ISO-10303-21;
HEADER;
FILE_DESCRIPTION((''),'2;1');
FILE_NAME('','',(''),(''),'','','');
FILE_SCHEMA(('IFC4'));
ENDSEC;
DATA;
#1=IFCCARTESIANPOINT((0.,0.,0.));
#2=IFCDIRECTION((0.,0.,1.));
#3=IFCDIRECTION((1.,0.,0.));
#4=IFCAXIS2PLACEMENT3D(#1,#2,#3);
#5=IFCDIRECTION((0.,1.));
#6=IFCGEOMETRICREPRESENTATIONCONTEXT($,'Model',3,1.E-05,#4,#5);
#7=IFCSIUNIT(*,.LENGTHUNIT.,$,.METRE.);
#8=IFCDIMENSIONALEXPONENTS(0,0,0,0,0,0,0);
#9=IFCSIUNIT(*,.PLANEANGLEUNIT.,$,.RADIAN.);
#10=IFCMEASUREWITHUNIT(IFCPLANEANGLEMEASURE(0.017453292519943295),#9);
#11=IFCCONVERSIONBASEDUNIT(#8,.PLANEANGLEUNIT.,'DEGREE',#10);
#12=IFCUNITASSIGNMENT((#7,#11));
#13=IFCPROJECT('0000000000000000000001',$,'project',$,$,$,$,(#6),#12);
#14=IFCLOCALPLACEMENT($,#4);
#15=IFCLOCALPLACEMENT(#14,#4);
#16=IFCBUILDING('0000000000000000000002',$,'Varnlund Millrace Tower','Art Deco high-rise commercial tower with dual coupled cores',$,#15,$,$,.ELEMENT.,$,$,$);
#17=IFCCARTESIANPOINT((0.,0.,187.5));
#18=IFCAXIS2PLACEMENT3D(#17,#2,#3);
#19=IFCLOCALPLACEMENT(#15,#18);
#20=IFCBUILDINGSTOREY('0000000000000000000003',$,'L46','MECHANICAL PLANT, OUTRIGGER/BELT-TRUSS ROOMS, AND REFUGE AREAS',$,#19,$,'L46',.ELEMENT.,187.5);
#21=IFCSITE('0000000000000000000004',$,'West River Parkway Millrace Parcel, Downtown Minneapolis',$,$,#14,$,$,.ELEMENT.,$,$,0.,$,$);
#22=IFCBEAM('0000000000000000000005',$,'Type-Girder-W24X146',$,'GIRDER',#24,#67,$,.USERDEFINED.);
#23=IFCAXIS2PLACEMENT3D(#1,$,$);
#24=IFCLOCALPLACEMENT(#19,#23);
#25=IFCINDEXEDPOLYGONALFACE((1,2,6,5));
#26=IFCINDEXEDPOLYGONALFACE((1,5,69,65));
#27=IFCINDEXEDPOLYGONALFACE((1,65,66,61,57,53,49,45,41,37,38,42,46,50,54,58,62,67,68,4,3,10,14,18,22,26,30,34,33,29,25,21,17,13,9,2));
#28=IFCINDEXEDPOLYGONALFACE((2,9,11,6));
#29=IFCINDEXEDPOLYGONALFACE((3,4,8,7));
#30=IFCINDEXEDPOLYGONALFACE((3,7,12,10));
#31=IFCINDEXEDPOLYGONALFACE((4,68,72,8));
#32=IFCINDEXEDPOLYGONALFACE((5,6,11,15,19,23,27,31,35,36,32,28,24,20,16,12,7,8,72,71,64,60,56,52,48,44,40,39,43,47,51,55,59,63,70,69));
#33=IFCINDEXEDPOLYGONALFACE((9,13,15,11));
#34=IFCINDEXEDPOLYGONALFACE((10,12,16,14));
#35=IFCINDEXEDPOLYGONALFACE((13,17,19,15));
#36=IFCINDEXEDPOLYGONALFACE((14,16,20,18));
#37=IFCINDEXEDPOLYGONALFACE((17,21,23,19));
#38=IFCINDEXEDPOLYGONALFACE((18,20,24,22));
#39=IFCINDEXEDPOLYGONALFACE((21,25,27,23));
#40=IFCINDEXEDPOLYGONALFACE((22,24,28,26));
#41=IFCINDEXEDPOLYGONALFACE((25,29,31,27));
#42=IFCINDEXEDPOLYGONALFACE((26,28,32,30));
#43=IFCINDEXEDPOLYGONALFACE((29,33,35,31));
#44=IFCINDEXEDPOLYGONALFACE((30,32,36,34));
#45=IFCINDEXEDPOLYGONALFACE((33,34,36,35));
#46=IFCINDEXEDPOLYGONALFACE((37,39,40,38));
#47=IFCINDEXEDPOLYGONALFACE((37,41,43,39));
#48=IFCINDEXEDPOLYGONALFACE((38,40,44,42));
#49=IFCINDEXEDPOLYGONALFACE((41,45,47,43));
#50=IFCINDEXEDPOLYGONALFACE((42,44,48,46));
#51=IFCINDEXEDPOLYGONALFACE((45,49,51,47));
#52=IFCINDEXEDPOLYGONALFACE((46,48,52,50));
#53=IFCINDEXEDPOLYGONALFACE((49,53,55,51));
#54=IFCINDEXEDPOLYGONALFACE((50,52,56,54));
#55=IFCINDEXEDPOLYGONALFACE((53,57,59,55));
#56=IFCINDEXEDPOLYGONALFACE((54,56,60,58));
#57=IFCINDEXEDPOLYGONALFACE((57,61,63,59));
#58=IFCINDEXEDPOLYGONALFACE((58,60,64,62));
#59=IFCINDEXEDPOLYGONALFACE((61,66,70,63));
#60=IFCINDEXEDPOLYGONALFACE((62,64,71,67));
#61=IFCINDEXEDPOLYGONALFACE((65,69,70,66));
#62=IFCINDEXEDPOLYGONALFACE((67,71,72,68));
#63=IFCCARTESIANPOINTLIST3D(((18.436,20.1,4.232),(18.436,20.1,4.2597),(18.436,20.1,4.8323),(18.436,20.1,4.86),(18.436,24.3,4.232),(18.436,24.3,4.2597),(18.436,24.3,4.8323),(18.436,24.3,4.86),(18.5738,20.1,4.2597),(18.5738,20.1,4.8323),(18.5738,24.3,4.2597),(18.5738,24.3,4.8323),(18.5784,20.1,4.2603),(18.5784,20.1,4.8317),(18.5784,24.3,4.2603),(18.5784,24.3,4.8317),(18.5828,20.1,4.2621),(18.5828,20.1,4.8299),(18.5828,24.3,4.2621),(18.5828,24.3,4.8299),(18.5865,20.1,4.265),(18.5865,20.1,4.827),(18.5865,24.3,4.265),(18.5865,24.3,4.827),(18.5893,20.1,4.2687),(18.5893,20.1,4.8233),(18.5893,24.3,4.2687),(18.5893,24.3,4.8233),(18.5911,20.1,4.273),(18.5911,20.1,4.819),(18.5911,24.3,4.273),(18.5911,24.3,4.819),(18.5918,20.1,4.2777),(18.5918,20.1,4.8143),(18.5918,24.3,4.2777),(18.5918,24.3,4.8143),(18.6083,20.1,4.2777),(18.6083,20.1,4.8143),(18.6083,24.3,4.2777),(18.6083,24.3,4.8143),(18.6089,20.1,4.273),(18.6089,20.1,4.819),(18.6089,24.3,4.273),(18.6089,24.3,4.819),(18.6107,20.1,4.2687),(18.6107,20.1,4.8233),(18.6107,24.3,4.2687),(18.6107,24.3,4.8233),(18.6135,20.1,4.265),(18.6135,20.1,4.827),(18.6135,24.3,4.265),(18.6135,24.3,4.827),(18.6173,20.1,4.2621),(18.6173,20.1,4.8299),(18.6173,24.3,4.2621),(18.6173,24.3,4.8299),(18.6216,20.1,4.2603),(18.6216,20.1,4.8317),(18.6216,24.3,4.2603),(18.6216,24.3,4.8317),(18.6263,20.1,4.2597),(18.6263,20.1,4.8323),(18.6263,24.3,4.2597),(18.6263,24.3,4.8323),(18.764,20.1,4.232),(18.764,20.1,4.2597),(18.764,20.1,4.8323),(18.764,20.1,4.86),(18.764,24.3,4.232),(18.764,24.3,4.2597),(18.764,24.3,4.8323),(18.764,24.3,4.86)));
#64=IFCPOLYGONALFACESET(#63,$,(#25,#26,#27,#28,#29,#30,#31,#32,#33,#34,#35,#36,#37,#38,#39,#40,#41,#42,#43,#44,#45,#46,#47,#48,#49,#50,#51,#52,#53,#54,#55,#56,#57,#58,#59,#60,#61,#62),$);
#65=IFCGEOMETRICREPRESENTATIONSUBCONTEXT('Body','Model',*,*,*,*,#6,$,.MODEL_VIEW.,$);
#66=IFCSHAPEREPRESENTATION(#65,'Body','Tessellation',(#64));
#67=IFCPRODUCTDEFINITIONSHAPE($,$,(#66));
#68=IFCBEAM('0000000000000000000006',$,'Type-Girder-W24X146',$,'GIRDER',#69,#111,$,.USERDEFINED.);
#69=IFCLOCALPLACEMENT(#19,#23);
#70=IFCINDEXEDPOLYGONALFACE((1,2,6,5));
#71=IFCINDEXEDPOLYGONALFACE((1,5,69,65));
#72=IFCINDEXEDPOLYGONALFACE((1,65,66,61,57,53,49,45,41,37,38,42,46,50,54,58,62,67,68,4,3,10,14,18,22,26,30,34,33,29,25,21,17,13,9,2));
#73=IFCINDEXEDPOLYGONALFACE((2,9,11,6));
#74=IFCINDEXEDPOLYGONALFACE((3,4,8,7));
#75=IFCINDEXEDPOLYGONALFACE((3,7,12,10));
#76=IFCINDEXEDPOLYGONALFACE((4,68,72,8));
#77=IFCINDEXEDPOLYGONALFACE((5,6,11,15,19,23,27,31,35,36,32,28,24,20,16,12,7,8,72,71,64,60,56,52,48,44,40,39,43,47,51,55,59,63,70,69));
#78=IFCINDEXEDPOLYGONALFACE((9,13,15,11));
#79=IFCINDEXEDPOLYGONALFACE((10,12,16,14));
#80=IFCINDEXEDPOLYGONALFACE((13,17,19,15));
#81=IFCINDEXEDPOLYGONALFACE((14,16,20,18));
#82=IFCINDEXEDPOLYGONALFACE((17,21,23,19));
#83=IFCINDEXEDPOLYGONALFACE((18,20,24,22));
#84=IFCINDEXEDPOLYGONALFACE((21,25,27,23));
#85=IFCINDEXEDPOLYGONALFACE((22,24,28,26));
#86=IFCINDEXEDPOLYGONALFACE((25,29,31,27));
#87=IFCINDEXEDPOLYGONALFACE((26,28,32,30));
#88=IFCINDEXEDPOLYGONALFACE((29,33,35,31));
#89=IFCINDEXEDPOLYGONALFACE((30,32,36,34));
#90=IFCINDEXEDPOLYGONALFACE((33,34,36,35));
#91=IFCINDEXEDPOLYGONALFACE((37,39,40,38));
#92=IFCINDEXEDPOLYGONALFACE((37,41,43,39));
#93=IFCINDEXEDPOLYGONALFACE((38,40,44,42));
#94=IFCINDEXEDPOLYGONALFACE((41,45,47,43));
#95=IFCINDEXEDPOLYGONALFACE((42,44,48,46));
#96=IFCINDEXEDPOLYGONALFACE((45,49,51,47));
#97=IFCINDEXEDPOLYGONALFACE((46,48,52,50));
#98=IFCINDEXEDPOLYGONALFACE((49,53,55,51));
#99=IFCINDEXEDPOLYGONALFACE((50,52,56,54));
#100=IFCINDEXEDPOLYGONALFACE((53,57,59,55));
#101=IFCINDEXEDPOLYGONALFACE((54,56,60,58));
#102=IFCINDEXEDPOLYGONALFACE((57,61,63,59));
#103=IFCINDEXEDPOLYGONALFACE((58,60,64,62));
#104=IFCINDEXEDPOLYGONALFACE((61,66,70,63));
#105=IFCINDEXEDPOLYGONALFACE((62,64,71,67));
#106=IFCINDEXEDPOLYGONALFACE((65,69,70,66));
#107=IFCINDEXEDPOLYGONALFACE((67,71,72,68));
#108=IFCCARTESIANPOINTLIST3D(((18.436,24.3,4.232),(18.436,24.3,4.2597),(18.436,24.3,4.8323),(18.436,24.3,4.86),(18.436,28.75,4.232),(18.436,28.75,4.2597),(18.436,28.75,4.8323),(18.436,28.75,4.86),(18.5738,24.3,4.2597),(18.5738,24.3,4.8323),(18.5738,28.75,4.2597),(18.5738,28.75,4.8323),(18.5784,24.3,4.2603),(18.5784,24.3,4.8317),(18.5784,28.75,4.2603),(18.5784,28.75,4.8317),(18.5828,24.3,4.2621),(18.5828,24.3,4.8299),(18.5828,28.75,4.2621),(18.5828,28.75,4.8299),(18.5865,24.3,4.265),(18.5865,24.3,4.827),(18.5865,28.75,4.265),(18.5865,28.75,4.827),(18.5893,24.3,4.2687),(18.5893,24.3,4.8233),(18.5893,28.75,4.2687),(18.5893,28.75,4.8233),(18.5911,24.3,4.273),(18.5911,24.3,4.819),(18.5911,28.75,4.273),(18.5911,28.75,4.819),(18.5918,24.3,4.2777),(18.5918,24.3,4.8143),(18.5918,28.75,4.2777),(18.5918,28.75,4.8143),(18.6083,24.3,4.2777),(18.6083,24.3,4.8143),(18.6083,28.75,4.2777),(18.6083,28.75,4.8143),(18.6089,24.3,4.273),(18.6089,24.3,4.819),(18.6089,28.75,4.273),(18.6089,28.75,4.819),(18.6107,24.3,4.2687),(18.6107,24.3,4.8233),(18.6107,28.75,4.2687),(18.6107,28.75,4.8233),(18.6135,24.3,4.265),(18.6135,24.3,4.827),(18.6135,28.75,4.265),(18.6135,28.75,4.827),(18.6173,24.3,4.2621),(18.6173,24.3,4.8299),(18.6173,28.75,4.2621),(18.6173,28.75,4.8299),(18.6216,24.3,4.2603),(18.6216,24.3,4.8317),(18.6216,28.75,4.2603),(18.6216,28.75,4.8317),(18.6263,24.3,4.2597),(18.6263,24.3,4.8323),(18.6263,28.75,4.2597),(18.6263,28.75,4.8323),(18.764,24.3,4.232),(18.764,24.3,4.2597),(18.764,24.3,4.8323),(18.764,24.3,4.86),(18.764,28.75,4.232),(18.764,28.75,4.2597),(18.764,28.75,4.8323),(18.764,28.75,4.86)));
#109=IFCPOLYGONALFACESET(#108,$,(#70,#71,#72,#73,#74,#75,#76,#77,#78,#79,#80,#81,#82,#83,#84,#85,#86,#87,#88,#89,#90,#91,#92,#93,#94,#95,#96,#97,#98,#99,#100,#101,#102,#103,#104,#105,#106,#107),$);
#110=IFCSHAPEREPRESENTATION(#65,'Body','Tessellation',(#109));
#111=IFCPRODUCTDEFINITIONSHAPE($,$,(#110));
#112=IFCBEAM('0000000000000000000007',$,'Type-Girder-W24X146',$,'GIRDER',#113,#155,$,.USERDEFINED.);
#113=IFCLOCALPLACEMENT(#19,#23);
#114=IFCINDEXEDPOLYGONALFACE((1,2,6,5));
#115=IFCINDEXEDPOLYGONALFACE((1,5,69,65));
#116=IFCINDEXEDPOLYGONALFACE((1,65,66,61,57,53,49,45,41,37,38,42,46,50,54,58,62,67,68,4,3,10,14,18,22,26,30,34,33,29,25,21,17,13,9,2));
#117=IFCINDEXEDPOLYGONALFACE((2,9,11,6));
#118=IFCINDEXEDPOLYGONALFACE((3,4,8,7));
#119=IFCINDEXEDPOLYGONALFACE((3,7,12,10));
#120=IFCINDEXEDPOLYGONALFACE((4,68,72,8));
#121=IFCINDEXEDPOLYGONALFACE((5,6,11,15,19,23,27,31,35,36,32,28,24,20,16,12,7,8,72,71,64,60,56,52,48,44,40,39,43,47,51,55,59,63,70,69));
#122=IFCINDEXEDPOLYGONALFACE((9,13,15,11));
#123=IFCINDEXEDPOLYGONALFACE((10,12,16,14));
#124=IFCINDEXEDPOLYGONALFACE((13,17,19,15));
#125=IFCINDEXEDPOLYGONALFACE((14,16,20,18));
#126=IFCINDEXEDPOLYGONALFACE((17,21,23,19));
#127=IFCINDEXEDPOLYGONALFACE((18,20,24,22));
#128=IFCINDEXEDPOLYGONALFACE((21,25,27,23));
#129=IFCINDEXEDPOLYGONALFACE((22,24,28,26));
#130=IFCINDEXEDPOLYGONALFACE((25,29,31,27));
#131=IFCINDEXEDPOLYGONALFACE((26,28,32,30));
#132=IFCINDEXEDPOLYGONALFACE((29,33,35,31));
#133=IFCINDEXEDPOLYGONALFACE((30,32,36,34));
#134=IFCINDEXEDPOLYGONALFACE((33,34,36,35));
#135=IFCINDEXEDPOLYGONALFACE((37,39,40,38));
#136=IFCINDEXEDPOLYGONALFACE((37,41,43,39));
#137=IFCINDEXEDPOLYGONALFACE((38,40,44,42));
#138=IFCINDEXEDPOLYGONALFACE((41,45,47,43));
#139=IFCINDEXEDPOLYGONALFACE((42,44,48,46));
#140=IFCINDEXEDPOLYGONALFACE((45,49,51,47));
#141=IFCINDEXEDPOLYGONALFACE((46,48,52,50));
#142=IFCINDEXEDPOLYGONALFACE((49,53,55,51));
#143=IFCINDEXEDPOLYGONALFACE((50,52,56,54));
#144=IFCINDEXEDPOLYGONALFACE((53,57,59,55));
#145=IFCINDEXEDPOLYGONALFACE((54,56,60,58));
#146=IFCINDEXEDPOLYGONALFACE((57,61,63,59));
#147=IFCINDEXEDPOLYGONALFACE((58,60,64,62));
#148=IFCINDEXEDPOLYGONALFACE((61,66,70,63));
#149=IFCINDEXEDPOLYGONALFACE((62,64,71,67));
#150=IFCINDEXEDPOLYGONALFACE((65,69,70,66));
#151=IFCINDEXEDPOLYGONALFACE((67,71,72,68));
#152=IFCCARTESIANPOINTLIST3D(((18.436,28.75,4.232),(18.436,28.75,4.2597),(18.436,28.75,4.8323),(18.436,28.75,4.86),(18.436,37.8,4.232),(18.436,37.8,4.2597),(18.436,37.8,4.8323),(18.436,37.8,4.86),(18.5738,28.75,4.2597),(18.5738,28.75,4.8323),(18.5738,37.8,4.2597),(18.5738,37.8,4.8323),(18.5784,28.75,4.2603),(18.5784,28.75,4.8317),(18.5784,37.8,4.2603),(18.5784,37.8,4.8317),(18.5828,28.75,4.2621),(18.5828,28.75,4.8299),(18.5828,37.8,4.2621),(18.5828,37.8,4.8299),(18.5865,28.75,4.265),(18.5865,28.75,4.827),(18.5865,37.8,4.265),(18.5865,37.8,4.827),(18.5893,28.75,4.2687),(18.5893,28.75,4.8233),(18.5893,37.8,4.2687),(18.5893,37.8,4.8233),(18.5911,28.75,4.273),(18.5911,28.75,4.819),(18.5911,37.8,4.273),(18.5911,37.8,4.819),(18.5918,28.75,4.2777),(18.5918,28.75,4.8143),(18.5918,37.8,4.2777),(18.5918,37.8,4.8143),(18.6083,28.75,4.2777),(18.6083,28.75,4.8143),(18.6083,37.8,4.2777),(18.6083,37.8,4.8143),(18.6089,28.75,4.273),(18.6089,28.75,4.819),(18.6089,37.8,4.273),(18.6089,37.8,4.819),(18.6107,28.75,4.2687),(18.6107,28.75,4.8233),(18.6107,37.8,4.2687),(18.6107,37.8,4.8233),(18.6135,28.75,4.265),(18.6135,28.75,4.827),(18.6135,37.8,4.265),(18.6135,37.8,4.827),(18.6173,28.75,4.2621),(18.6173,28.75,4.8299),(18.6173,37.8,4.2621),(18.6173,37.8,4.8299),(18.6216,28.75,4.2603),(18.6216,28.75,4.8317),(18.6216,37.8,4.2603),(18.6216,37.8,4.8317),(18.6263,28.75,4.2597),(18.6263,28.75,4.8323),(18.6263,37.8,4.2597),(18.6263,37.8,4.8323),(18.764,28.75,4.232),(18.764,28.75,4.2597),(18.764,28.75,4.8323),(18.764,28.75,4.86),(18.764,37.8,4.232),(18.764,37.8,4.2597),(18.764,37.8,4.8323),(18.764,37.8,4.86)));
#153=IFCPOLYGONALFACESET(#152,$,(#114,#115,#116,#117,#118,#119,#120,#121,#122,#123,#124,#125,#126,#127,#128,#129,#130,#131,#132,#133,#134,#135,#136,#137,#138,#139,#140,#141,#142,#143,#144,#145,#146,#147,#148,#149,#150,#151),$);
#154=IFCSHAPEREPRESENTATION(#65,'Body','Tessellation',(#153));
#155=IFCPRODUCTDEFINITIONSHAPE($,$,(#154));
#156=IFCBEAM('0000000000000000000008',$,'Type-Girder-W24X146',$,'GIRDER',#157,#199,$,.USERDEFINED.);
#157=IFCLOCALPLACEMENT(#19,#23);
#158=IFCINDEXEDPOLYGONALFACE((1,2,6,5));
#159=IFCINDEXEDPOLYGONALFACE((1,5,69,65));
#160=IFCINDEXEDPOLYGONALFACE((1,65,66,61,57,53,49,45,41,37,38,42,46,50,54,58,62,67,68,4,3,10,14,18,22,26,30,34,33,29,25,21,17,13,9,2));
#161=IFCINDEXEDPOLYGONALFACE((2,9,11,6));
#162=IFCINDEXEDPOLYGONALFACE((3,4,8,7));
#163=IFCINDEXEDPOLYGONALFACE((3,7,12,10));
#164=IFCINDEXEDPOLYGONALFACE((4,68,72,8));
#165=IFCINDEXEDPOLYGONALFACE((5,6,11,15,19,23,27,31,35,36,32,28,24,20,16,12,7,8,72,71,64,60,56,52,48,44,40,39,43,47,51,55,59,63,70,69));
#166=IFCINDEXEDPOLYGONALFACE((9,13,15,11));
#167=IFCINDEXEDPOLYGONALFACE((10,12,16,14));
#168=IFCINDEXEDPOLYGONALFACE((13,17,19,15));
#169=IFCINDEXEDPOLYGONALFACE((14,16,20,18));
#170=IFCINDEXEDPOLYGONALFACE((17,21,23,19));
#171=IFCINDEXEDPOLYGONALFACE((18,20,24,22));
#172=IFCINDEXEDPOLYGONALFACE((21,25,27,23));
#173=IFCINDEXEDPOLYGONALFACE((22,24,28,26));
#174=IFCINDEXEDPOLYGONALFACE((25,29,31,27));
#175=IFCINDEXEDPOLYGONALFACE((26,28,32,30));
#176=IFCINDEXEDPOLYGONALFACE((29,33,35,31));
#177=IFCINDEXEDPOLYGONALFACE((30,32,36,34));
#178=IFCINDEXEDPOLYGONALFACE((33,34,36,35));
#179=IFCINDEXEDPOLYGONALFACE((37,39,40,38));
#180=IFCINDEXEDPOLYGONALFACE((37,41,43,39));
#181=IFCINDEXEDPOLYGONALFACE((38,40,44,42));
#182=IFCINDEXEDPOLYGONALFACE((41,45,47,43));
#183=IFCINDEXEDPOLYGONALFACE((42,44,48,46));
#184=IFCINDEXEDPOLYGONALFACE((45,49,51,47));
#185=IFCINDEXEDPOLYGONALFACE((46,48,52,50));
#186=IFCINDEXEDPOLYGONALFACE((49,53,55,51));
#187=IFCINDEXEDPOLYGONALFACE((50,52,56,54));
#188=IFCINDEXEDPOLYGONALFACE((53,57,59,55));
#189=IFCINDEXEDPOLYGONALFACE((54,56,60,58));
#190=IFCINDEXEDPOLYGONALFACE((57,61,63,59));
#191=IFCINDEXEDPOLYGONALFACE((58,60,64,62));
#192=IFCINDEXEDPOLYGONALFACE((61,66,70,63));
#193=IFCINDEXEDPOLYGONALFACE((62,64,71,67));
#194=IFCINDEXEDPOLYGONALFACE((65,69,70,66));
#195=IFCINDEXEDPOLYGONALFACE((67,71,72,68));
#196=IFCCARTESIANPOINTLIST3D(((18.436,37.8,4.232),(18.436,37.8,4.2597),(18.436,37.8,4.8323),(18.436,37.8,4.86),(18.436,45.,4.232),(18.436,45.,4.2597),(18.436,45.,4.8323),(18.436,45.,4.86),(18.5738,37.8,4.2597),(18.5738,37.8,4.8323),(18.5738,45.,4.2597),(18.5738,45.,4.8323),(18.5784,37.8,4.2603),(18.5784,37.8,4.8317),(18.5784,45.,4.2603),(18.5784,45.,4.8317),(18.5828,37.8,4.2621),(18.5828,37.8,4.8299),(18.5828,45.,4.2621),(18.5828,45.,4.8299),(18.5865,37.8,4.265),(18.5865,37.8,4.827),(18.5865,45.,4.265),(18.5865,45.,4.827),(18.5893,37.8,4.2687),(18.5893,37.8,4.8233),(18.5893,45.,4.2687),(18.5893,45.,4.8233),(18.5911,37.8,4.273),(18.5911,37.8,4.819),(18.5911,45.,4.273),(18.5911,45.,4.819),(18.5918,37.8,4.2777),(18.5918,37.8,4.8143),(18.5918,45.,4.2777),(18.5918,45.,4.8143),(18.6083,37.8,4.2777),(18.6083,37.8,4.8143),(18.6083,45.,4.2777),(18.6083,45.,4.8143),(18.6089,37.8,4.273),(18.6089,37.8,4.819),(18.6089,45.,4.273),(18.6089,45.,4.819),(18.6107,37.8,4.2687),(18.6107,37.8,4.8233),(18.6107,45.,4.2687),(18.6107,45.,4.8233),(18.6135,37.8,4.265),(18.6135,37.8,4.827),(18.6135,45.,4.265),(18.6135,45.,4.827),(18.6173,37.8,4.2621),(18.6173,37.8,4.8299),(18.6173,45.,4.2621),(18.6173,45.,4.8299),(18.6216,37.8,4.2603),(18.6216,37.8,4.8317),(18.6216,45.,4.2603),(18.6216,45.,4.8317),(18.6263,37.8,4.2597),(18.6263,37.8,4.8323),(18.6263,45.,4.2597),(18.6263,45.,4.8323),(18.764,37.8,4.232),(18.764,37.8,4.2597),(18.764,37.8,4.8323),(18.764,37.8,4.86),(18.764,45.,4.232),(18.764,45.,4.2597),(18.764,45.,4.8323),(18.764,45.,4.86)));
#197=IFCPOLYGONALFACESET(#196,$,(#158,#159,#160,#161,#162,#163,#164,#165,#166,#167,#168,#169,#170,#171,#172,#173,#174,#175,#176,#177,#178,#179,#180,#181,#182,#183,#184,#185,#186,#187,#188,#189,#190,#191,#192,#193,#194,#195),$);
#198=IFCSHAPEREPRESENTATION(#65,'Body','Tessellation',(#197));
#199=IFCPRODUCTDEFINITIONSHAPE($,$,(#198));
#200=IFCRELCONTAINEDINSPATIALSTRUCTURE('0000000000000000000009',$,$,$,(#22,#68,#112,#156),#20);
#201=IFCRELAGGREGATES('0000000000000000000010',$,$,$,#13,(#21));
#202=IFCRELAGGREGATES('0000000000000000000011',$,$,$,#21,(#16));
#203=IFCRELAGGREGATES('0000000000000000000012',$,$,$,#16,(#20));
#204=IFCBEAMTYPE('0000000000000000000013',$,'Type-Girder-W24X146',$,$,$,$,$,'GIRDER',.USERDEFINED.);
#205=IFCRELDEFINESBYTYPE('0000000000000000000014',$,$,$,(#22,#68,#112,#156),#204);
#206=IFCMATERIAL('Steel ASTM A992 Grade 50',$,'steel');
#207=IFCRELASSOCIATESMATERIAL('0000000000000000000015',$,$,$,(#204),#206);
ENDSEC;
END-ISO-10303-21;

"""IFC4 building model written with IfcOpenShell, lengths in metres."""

from ifc_helpers import new_model, entity, si_unit, converted_unit, direction, frame, origin_with_axes, origin_2d_with_axis, place, context, subcontext, project, spatial, i_section, extrude, material, material_profile, profile_set, type_object, element, save


model = new_model("IFC4")

# Units and contexts
model_context = context("Model", 3, precision=1e-05, world=origin_with_axes(), true_north=direction((0.0, 1.0)))
body_context = subcontext(model_context, "Body", "Model", "MODEL_VIEW")
ifc_project = project(units=[si_unit("LENGTHUNIT", "METRE"), converted_unit("PLANEANGLEUNIT", "DEGREE", entity("IfcPlaneAngleMeasure", 0.017453292519943295), si_unit("PLANEANGLEUNIT", "RADIAN"), dimensions=[0, 0, 0, 0, 0, 0, 0])], contexts=[model_context])

# Site, building, storey
site_placement = place(None, origin_with_axes())
site = spatial("IfcSite", under=ifc_project, at=site_placement, Name="West River Parkway Millrace Parcel, Downtown Minneapolis", CompositionType="ELEMENT", RefElevation=0.0)
building_placement = place(site_placement, origin_with_axes())
building = spatial("IfcBuilding", under=site, at=building_placement, Name="Varnlund Millrace Tower", Description="Art Deco high-rise commercial tower with dual coupled cores", CompositionType="ELEMENT")
storey_placement = place(building_placement, frame((0.0, 0.0, 187.5), z_axis=(0.0, 0.0, 1.0), x_axis=(1.0, 0.0, 0.0)))
storey = spatial("IfcBuildingStorey", under=building, at=storey_placement, Name="L46", Description="MECHANICAL PLANT, OUTRIGGER/BELT-TRUSS ROOMS, AND REFUGE AREAS", LongName="L46", CompositionType="ELEMENT", Elevation=187.5)

# Shared definitions
ifc_material_1 = material(Name="Steel ASTM A992 Grade 50", Category="steel")

# Beams
ifc_material_profile_1 = material_profile(ifc_material_1, i_section(OverallWidth=0.328, OverallDepth=0.628, WebThickness=0.0165, FlangeThickness=0.0277, FilletRadius=0.018, at=origin_2d_with_axis()), Name="Steel ASTM A992 Grade 50")
ifc_profile_set_1 = profile_set([ifc_material_profile_1], Name="Steel ASTM A992 Grade 50")
beam_type_1 = type_object("IfcBeamType", Name="Type-Girder-W24X146", ElementType="GIRDER", PredefinedType="USERDEFINED", material=ifc_profile_set_1)
beam_1_placement = place(storey_placement, frame((18.6, 20.1, 4.546), z_axis=(0.0, 1.0, 0.0), x_axis=(-1.0, 0.0, 0.0)))
element("IfcBeam", 1, at=beam_1_placement, inside=storey, type_object=beam_type_1, Name="Type-Girder-W24X146", ObjectType="GIRDER", PredefinedType="USERDEFINED", context=body_context, shape_type="SweptSolid", body=[
    extrude(i_section(OverallWidth=0.328, OverallDepth=0.628, WebThickness=0.0165, FlangeThickness=0.0277, FilletRadius=0.018, at=origin_2d_with_axis()), origin_with_axes(), (0.0, 0.0, 1.0), 4.2),
])
beam_2_placement = place(storey_placement, frame((18.6, 24.3, 4.546), z_axis=(0.0, 1.0, 0.0), x_axis=(-1.0, 0.0, 0.0)))
element("IfcBeam", 2, at=beam_2_placement, inside=storey, type_object=beam_type_1, Name="Type-Girder-W24X146", ObjectType="GIRDER", PredefinedType="USERDEFINED", context=body_context, shape_type="SweptSolid", body=[
    extrude(i_section(OverallWidth=0.328, OverallDepth=0.628, WebThickness=0.0165, FlangeThickness=0.0277, FilletRadius=0.018, at=origin_2d_with_axis()), origin_with_axes(), (0.0, 0.0, 1.0), 4.45),
])
beam_3_placement = place(storey_placement, frame((18.6, 28.75, 4.546), z_axis=(0.0, 1.0, 0.0), x_axis=(-1.0, 0.0, 0.0)))
element("IfcBeam", 3, at=beam_3_placement, inside=storey, type_object=beam_type_1, Name="Type-Girder-W24X146", ObjectType="GIRDER", PredefinedType="USERDEFINED", context=body_context, shape_type="SweptSolid", body=[
    extrude(i_section(OverallWidth=0.328, OverallDepth=0.628, WebThickness=0.0165, FlangeThickness=0.0277, FilletRadius=0.018, at=origin_2d_with_axis()), origin_with_axes(), (0.0, 0.0, 1.0), 9.05),
])
for number, where, z_axis, x_axis, name in (
    (4, (18.6, 37.8, 4.546), (0.0, 1.0, 0.0), (-1.0, 0.0, 0.0), "Type-Girder-W24X146"),
):
    element("IfcBeam", number, at=place(storey_placement, frame(where, z_axis=z_axis, x_axis=x_axis)), inside=storey, type_object=beam_type_1, Name=name, ObjectType="GIRDER", PredefinedType="USERDEFINED", context=body_context, shape_type="SweptSolid", body=[
        extrude(i_section(OverallWidth=0.328, OverallDepth=0.628, WebThickness=0.0165, FlangeThickness=0.0277, FilletRadius=0.018, at=origin_2d_with_axis()), origin_with_axes(), (0.0, 0.0, 1.0), 7.2),
    ])

save(model, "model.ifc")
